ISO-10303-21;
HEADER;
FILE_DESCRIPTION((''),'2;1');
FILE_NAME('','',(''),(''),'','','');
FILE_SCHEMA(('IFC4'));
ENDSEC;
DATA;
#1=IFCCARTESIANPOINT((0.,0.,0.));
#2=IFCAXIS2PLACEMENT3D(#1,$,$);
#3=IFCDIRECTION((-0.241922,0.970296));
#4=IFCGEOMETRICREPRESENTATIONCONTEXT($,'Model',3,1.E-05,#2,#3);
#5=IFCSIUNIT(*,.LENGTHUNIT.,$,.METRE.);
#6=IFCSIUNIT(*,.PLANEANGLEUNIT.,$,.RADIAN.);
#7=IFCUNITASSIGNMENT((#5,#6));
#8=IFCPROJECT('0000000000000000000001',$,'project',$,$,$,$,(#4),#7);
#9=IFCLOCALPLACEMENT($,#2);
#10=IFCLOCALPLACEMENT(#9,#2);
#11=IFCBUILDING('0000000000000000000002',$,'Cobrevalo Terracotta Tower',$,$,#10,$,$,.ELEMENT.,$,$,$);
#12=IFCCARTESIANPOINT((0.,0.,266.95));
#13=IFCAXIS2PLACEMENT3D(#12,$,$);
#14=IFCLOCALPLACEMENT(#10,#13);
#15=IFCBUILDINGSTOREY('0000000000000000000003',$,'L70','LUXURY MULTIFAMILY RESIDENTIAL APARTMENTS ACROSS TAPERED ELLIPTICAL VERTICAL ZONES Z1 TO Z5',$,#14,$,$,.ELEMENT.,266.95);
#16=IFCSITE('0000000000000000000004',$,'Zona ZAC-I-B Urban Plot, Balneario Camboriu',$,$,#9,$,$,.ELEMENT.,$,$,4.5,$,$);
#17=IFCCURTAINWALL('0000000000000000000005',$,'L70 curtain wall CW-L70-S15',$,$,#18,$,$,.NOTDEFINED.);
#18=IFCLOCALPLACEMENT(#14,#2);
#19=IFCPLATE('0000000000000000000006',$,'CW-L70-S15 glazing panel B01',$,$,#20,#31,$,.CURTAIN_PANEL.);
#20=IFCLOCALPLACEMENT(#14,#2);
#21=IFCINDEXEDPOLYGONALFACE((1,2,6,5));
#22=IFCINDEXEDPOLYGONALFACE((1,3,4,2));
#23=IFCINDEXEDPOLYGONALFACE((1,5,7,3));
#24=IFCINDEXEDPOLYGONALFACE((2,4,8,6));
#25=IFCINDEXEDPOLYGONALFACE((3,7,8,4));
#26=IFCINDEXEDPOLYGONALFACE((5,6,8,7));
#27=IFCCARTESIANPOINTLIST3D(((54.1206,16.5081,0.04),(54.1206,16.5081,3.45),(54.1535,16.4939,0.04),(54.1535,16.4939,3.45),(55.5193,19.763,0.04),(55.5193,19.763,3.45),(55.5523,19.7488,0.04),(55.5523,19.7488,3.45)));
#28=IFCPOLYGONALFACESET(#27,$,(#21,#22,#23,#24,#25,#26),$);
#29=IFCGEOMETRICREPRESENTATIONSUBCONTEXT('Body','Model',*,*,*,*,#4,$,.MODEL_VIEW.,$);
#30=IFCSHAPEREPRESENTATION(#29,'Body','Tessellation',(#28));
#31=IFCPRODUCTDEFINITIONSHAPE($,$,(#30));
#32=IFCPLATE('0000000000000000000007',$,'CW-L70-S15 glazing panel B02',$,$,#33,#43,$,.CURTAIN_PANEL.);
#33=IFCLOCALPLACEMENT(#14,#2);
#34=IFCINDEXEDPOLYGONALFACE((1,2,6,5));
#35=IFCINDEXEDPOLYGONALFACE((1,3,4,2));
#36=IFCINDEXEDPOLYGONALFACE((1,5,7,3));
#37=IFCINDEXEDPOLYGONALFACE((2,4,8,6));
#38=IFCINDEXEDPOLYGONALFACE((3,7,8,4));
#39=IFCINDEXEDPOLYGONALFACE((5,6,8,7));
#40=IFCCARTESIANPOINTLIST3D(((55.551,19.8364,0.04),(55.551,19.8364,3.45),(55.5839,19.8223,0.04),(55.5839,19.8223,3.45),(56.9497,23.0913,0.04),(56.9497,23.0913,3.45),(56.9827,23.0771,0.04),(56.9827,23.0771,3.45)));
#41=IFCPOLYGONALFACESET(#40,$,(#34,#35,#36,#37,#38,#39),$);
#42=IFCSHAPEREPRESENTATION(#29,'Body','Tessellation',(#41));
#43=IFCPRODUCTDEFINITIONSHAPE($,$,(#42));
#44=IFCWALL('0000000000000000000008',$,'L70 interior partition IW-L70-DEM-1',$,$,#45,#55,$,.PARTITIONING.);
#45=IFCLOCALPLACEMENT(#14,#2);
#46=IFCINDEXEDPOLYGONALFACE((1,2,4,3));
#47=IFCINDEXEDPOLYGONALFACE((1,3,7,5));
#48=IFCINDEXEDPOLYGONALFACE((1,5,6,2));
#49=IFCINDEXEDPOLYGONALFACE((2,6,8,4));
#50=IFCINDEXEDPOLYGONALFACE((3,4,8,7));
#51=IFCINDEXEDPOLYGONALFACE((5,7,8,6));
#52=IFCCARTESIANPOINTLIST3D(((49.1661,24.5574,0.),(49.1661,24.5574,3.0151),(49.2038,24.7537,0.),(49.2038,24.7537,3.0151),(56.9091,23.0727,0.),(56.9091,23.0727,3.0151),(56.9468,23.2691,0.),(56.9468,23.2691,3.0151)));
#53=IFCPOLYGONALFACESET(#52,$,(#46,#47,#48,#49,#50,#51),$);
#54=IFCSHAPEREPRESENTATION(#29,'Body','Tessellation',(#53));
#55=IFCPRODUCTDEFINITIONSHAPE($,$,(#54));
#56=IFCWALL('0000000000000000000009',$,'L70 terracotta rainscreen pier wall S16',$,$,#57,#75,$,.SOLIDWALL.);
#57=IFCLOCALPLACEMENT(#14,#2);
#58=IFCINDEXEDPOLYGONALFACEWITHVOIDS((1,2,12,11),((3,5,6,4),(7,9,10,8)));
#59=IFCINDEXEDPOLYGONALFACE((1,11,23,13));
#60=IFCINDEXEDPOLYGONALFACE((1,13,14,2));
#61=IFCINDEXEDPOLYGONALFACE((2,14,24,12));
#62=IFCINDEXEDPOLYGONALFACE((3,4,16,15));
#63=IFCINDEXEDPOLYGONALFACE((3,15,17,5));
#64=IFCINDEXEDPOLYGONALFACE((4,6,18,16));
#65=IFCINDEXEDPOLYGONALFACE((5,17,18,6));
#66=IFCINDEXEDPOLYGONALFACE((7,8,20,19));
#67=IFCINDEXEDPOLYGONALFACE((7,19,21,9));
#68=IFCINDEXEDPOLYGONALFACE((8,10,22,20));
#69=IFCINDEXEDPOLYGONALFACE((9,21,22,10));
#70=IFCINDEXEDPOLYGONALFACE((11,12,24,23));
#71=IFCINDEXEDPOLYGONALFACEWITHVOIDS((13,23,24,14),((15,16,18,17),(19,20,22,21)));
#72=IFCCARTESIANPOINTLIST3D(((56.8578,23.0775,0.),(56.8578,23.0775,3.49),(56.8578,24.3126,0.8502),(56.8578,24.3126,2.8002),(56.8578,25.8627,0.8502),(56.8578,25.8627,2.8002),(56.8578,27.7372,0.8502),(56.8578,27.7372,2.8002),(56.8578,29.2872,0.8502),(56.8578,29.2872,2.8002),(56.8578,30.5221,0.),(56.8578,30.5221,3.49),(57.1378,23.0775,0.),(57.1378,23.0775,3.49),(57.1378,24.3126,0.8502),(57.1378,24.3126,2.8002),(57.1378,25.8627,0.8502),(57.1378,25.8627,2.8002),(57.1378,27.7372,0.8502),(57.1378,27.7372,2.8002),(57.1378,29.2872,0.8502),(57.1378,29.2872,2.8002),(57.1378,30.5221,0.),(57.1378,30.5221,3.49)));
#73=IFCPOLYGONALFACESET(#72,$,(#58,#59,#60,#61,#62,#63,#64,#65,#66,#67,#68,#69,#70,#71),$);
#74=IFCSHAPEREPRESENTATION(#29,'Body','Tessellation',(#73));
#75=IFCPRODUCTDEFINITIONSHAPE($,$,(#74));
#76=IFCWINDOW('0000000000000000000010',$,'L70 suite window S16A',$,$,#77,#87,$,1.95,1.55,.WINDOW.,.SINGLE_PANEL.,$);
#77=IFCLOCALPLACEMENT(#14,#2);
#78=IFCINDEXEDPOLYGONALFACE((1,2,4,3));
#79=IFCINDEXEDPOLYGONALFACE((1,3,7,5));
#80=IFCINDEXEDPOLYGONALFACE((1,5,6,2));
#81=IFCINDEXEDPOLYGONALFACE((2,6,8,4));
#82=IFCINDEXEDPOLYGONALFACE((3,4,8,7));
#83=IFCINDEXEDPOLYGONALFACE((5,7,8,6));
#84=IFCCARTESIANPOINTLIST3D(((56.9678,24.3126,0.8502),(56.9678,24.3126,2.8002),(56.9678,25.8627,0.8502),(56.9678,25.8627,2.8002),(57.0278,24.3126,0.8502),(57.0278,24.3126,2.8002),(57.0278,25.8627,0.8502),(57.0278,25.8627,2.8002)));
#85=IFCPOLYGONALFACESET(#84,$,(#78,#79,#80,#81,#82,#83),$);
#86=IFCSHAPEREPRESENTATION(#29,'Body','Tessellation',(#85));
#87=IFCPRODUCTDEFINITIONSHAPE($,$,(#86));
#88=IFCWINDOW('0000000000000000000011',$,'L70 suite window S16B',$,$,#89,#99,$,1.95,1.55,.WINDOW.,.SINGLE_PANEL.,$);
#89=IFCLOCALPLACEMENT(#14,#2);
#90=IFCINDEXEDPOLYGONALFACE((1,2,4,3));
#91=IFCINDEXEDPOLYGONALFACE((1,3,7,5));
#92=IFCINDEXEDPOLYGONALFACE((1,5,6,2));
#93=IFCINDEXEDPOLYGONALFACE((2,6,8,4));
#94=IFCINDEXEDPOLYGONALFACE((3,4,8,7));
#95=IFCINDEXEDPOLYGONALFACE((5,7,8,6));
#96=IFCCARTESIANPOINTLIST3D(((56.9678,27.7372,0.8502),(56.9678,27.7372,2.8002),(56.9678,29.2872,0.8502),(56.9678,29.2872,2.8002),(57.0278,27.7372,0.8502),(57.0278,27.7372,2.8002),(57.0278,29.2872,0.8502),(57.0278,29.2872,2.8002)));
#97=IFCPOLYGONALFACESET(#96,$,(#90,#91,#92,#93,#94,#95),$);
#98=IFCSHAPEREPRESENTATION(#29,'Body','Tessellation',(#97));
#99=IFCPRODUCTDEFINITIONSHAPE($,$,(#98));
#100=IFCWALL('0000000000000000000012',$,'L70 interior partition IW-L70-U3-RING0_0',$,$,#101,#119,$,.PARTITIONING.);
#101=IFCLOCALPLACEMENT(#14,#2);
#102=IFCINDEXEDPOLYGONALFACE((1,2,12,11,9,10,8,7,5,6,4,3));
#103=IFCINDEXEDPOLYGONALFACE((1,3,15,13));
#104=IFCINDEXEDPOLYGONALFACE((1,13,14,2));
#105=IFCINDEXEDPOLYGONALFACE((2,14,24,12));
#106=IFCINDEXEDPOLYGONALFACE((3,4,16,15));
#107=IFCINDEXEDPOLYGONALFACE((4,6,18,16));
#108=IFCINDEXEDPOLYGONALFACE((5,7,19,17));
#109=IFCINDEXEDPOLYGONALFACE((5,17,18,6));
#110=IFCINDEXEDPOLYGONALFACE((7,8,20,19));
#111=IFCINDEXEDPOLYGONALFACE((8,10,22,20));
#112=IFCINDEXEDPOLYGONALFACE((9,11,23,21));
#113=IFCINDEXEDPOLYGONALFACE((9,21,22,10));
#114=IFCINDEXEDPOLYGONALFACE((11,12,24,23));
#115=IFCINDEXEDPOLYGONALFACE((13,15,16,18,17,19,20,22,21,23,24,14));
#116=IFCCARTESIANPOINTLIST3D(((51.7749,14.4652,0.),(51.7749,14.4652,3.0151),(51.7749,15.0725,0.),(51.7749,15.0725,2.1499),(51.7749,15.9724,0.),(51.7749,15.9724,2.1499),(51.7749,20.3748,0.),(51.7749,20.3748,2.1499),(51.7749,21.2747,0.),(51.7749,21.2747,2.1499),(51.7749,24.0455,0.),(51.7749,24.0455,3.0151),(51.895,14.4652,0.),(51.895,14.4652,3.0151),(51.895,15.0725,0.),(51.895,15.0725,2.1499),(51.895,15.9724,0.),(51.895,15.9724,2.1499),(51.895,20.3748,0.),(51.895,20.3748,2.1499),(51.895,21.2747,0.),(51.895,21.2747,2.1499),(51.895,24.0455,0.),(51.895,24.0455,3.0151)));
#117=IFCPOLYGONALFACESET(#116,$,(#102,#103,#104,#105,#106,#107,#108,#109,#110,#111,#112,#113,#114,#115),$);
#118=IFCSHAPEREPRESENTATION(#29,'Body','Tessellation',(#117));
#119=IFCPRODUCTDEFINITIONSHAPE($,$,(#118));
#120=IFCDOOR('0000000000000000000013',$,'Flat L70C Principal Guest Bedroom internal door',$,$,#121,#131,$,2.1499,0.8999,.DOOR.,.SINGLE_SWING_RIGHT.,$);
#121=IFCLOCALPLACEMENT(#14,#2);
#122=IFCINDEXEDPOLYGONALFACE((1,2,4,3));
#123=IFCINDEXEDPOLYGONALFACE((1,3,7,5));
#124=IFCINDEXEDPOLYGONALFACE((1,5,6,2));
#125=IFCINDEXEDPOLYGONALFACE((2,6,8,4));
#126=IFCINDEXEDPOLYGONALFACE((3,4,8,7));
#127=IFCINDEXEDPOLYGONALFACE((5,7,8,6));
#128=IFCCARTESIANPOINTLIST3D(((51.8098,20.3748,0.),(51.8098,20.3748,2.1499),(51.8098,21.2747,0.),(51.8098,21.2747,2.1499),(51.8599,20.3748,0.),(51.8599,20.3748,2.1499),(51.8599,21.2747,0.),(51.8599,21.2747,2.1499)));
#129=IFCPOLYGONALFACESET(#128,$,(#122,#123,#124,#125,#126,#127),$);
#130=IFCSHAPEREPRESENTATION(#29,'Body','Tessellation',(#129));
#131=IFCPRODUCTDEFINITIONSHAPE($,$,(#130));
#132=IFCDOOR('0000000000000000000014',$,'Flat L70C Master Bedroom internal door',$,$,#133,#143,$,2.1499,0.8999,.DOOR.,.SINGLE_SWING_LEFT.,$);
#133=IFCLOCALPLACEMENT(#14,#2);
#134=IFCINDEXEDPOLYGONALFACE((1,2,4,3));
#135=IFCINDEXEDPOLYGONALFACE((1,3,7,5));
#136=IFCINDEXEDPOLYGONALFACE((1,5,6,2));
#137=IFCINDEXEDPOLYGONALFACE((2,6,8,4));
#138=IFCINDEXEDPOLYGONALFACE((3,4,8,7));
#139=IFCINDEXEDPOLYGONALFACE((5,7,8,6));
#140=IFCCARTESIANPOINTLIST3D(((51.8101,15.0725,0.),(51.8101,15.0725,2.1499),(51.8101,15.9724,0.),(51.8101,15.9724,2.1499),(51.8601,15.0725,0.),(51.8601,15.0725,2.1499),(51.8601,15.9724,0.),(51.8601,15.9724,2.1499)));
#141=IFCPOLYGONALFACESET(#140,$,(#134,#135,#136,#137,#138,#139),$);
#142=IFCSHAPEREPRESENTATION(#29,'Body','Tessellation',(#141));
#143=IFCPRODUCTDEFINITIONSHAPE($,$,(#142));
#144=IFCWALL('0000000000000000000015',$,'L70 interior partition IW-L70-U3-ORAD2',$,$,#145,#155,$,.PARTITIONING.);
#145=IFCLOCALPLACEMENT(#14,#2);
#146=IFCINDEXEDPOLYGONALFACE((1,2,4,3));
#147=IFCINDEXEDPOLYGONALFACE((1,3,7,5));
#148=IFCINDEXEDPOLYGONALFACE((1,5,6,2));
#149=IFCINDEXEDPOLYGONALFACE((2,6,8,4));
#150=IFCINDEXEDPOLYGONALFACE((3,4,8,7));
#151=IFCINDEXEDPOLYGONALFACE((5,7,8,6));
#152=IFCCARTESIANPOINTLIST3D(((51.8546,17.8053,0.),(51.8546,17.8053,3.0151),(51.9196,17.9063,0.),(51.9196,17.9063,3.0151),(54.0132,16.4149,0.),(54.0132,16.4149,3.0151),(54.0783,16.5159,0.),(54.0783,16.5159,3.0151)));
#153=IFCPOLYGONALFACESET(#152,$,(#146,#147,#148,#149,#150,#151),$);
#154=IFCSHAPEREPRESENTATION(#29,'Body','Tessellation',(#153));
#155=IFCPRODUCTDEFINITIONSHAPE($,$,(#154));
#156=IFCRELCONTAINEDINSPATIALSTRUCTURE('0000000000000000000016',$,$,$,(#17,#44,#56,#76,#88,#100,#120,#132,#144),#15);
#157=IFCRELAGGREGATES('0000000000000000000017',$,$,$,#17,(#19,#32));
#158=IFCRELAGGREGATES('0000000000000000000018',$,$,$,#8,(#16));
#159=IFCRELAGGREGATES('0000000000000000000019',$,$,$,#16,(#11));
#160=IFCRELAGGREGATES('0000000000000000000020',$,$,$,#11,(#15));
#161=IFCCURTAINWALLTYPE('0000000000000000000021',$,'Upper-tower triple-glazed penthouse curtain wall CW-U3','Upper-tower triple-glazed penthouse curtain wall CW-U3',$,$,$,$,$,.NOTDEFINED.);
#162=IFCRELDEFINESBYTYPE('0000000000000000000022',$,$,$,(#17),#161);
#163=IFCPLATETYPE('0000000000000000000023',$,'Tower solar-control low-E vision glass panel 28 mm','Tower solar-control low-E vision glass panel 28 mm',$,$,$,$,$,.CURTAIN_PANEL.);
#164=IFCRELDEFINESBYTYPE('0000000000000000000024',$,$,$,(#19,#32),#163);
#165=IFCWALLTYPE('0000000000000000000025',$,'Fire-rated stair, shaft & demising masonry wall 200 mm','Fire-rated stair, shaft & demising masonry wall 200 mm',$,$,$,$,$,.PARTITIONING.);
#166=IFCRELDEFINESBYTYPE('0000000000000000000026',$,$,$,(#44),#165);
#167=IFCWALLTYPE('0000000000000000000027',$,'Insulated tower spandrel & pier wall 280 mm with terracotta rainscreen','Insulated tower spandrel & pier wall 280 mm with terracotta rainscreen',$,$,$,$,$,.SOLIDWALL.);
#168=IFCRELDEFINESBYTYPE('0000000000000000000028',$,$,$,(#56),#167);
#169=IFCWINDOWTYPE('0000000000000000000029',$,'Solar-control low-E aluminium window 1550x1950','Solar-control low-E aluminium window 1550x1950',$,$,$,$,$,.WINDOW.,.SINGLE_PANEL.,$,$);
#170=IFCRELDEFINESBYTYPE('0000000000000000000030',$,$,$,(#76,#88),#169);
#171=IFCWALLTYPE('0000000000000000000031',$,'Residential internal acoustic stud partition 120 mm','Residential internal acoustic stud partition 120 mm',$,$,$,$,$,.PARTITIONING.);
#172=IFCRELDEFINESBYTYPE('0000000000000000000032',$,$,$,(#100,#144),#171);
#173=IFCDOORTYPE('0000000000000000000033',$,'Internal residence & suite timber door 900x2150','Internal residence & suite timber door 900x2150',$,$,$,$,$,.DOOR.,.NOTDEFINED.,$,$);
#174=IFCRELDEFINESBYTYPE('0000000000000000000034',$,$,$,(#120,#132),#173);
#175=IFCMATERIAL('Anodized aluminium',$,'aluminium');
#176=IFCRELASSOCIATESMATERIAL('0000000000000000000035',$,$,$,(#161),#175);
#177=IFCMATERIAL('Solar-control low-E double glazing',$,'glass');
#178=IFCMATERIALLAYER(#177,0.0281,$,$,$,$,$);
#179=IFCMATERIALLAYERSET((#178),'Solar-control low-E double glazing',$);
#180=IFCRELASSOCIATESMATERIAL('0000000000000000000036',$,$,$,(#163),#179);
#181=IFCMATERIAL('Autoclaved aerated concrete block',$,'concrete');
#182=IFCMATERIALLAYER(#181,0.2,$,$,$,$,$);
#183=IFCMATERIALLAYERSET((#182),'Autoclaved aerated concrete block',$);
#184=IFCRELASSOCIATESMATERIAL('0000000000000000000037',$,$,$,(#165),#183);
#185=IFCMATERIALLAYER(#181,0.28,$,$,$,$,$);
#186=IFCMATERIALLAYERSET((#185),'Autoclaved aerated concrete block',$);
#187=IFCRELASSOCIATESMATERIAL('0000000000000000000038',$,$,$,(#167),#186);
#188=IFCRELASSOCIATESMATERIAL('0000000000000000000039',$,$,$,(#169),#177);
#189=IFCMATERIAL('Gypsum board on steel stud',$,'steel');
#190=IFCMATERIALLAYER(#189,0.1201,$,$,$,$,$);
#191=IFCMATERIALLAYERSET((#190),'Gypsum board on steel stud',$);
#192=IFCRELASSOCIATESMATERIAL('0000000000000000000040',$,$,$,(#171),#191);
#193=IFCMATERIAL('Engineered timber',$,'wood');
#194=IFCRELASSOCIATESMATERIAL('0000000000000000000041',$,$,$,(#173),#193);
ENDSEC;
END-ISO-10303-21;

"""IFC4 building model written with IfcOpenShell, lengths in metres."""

from ifc_helpers import new_model, si_unit, direction, frame, frame_2d, origin, origin_2d, place, context, subcontext, project, spatial, rectangle, extrude, source, transform, mapped, material, layer, layer_set, type_object, element, fill, aggregate, save


model = new_model("IFC4")

# Units and contexts
model_context = context("Model", 3, precision=1e-05, world=origin(), true_north=direction((-0.241922, 0.970296)))
body_context = subcontext(model_context, "Body", "Model", "MODEL_VIEW")
ifc_project = project(units=[si_unit("LENGTHUNIT", "METRE"), si_unit("PLANEANGLEUNIT", "RADIAN")], contexts=[model_context])

# Site, building, storey
site_placement = place(None, origin())
site = spatial("IfcSite", under=ifc_project, at=site_placement, Name="Zona ZAC-I-B Urban Plot, Balneario Camboriu", CompositionType="ELEMENT", RefElevation=4.5)
building_placement = place(site_placement, origin())
building = spatial("IfcBuilding", under=site, at=building_placement, Name="Cobrevalo Terracotta Tower", CompositionType="ELEMENT")
storey_placement = place(building_placement, frame((0.0, 0.0, 266.95)))
storey = spatial("IfcBuildingStorey", under=building, at=storey_placement, Name="L70", Description="LUXURY MULTIFAMILY RESIDENTIAL APARTMENTS ACROSS TAPERED ELLIPTICAL VERTICAL ZONES Z1 TO Z5", CompositionType="ELEMENT", Elevation=266.95)

# Curtain wall, plates
ifc_material_1 = material(Name="Anodized aluminium", Category="aluminium")
curtain_wall_type = type_object("IfcCurtainWallType", Name="Upper-tower triple-glazed penthouse curtain wall CW-U3", Description="Upper-tower triple-glazed penthouse curtain wall CW-U3", PredefinedType="NOTDEFINED", material=ifc_material_1)
curtain_wall_placement = place(storey_placement, origin())
curtain_wall = element("IfcCurtainWall", 1, at=curtain_wall_placement, inside=storey, type_object=curtain_wall_type, Name="L70 curtain wall CW-L70-S15", PredefinedType="NOTDEFINED")
ifc_material_2 = material(Name="Solar-control low-E double glazing", Category="glass")
ifc_layer_1 = layer(ifc_material_2, 0.0281)
ifc_layer_set_1 = layer_set([ifc_layer_1], Name="Solar-control low-E double glazing")
plate_type = type_object("IfcPlateType", Name="Tower solar-control low-E vision glass panel 28 mm", Description="Tower solar-control low-E vision glass panel 28 mm", PredefinedType="CURTAIN_PANEL", material=ifc_layer_set_1)
shared_shape_1 = source(origin(), body_context, "Body", "SweptSolid", [
    extrude(rectangle(XDim=3.5427, YDim=0.0359, at=origin_2d()), origin(), (0.0, 0.0, 1.0), 3.4099),
])
plate_1_placement = place(storey_placement, frame((54.8364, 18.1284, 0.04), z_axis=(0.0, 0.0, 1.0), x_axis=(0.394829, 0.918755, 0.0)))
plate_1 = element("IfcPlate", 2, at=plate_1_placement, type_object=plate_type, Name="CW-L70-S15 glazing panel B01", PredefinedType="CURTAIN_PANEL", context=body_context, shape_type="MappedRepresentation", body=[
    mapped(shared_shape_1, transform((0.0, 0.0, 0.0), scale=1.0)),
])
plate_2_placement = place(storey_placement, frame((56.2668, 21.4568, 0.04), z_axis=(0.0, 0.0, 1.0), x_axis=(0.394829, 0.918755, 0.0)))
plate_2 = element("IfcPlate", 3, at=plate_2_placement, type_object=plate_type, Name="CW-L70-S15 glazing panel B02", PredefinedType="CURTAIN_PANEL", context=body_context, shape_type="MappedRepresentation", body=[
    mapped(shared_shape_1, transform((0.0, 0.0, 0.0), scale=1.0)),
])
aggregate(curtain_wall, [plate_1, plate_2])

# Wall
ifc_material_3 = material(Name="Autoclaved aerated concrete block", Category="concrete")
ifc_layer_2 = layer(ifc_material_3, 0.2)
ifc_layer_set_2 = layer_set([ifc_layer_2], Name="Autoclaved aerated concrete block")
wall_type_1 = type_object("IfcWallType", Name="Fire-rated stair, shaft & demising masonry wall 200 mm", Description="Fire-rated stair, shaft & demising masonry wall 200 mm", PredefinedType="PARTITIONING", material=ifc_layer_set_2)
wall_1_placement = place(storey_placement, frame((49.1851, 24.6555, 0.0), z_axis=(0.0, 0.0, 1.0), x_axis=(0.98211, -0.188309, 0.0)))
element("IfcWall", 4, at=wall_1_placement, inside=storey, type_object=wall_type_1, Name="L70 interior partition IW-L70-DEM-1", PredefinedType="PARTITIONING", context=body_context, shape_type="SweptSolid", body=[
    extrude(rectangle(XDim=7.884, YDim=0.2, at=frame_2d((3.9419, 0.0))), origin(), (0.0, 0.0, 1.0), 3.0151),
])

# Wall, openings, windows
ifc_layer_3 = layer(ifc_material_3, 0.28)
ifc_layer_set_3 = layer_set([ifc_layer_3], Name="Autoclaved aerated concrete block")
wall_type_2 = type_object("IfcWallType", Name="Insulated tower spandrel & pier wall 280 mm with terracotta rainscreen", Description="Insulated tower spandrel & pier wall 280 mm with terracotta rainscreen", PredefinedType="SOLIDWALL", material=ifc_layer_set_3)
wall_2_placement = place(storey_placement, frame((56.9978, 23.0776, 0.0), z_axis=(0.0, 0.0, 1.0), x_axis=(0.0, 1.0, 0.0)))
wall_2 = element("IfcWall", 5, at=wall_2_placement, inside=storey, type_object=wall_type_2, Name="L70 terracotta rainscreen pier wall S16", PredefinedType="SOLIDWALL", context=body_context, shape_type="SweptSolid", body=[
    extrude(rectangle(XDim=7.4446, YDim=0.28, at=frame_2d((3.7222, 0.0))), origin(), (0.0, 0.0, 1.0), 3.49),
])
opening_1_placement = place(wall_2_placement, frame((1.2351, 0.0, 0.8501)))
opening_1 = element("IfcOpeningElement", 6, at=opening_1_placement, cuts=wall_2, PredefinedType="OPENING", context=body_context, shape_type="SweptSolid", body=[
    extrude(rectangle(XDim=1.55, YDim=1.95, at=frame_2d((0.7749, 0.9751))), frame((0.0, 0.1499, 0.0), z_axis=(0.0, -1.0, 0.0), x_axis=(1.0, 0.0, 0.0)), (0.0, 0.0, 1.0), 0.3),
])
opening_2_placement = place(wall_2_placement, frame((4.6597, 0.0, 0.8501)))
opening_2 = element("IfcOpeningElement", 7, at=opening_2_placement, cuts=wall_2, PredefinedType="OPENING", context=body_context, shape_type="SweptSolid", body=[
    extrude(rectangle(XDim=1.55, YDim=1.95, at=frame_2d((0.7749, 0.9751))), frame((0.0, 0.1499, 0.0), z_axis=(0.0, -1.0, 0.0), x_axis=(1.0, 0.0, 0.0)), (0.0, 0.0, 1.0), 0.3),
])
window_type = type_object("IfcWindowType", Name="Solar-control low-E aluminium window 1550x1950", Description="Solar-control low-E aluminium window 1550x1950", PartitioningType="SINGLE_PANEL", PredefinedType="WINDOW", material=ifc_material_2)
shared_shape_2 = source(origin(), body_context, "Body", "SweptSolid", [
    extrude(rectangle(XDim=1.55, YDim=1.95, at=frame_2d((0.7749, 0.9751))), frame((0.0, 0.03, 0.0), z_axis=(0.0, -1.0, 0.0), x_axis=(1.0, 0.0, 0.0)), (0.0, 0.0, 1.0), 0.0601),
])
window_1_placement = place(opening_1_placement, origin())
window_1 = element("IfcWindow", 8, at=window_1_placement, inside=storey, type_object=window_type, Name="L70 suite window S16A", OverallHeight=1.95, OverallWidth=1.55, PartitioningType="SINGLE_PANEL", PredefinedType="WINDOW", context=body_context, shape_type="MappedRepresentation", body=[
    mapped(shared_shape_2, transform((0.0, 0.0, 0.0), scale=1.0)),
])
fill(opening_1, window_1)
window_2_placement = place(opening_2_placement, origin())
window_2 = element("IfcWindow", 9, at=window_2_placement, inside=storey, type_object=window_type, Name="L70 suite window S16B", OverallHeight=1.95, OverallWidth=1.55, PartitioningType="SINGLE_PANEL", PredefinedType="WINDOW", context=body_context, shape_type="MappedRepresentation", body=[
    mapped(shared_shape_2, transform((0.0, 0.0, 0.0), scale=1.0)),
])
fill(opening_2, window_2)

# Wall, openings, doors
ifc_material_4 = material(Name="Gypsum board on steel stud", Category="steel")
ifc_layer_4 = layer(ifc_material_4, 0.1201)
ifc_layer_set_4 = layer_set([ifc_layer_4], Name="Gypsum board on steel stud")
wall_type_3 = type_object("IfcWallType", Name="Residential internal acoustic stud partition 120 mm", Description="Residential internal acoustic stud partition 120 mm", PredefinedType="PARTITIONING", material=ifc_layer_set_4)
wall_3_placement = place(storey_placement, frame((51.835, 24.0454, 0.0), z_axis=(0.0, 0.0, 1.0), x_axis=(0.0, -1.0, 0.0)))
wall_3 = element("IfcWall", 10, at=wall_3_placement, inside=storey, type_object=wall_type_3, Name="L70 interior partition IW-L70-U3-RING0_0", PredefinedType="PARTITIONING", context=body_context, shape_type="SweptSolid", body=[
    extrude(rectangle(XDim=9.5803, YDim=0.1201, at=frame_2d((4.79, 0.0))), origin(), (0.0, 0.0, 1.0), 3.0151),
])
opening_3_placement = place(wall_3_placement, frame((2.7708, 0.0, 0.0)))
opening_3 = element("IfcOpeningElement", 11, at=opening_3_placement, cuts=wall_3, PredefinedType="OPENING", context=body_context, shape_type="SweptSolid", body=[
    extrude(rectangle(XDim=0.8999, YDim=2.1499, at=frame_2d((0.45, 1.075))), frame((0.0, 0.0701, 0.0), z_axis=(0.0, -1.0, 0.0), x_axis=(1.0, 0.0, 0.0)), (0.0, 0.0, 1.0), 0.1401),
])
opening_4_placement = place(wall_3_placement, frame((8.073, 0.0, 0.0)))
opening_4 = element("IfcOpeningElement", 12, at=opening_4_placement, cuts=wall_3, PredefinedType="OPENING", context=body_context, shape_type="SweptSolid", body=[
    extrude(rectangle(XDim=0.8999, YDim=2.1499, at=frame_2d((0.45, 1.075))), frame((0.0, 0.0701, 0.0), z_axis=(0.0, -1.0, 0.0), x_axis=(1.0, 0.0, 0.0)), (0.0, 0.0, 1.0), 0.1401),
])
ifc_material_5 = material(Name="Engineered timber", Category="wood")
door_type_1 = type_object("IfcDoorType", Name="Internal residence & suite timber door 900x2150", Description="Internal residence & suite timber door 900x2150", OperationType="NOTDEFINED", PredefinedType="DOOR", material=ifc_material_5)
shared_shape_3 = source(origin(), body_context, "Body", "SweptSolid", [
    extrude(rectangle(XDim=0.8999, YDim=2.1499, at=frame_2d((0.45, 1.075))), frame((0.0, 0.0249, 0.0), z_axis=(0.0, -1.0, 0.0), x_axis=(1.0, 0.0, 0.0)), (0.0, 0.0, 1.0), 0.05),
])
door_1_placement = place(opening_3_placement, origin())
door_1 = element("IfcDoor", 13, at=door_1_placement, inside=storey, type_object=door_type_1, Name="Flat L70C Principal Guest Bedroom internal door", OperationType="SINGLE_SWING_RIGHT", OverallHeight=2.1499, OverallWidth=0.8999, PredefinedType="DOOR", context=body_context, shape_type="MappedRepresentation", body=[
    mapped(shared_shape_3, transform((0.0, 0.0, 0.0), scale=1.0)),
])
fill(opening_3, door_1)
door_2_placement = place(opening_4_placement, frame((0.8999, 0.0, 0.0), z_axis=(0.0, 0.0, 1.0), x_axis=(-1.0, 0.0, 0.0)))
door_2 = element("IfcDoor", 14, at=door_2_placement, inside=storey, type_object=door_type_1, Name="Flat L70C Master Bedroom internal door", OperationType="SINGLE_SWING_LEFT", OverallHeight=2.1499, OverallWidth=0.8999, PredefinedType="DOOR", context=body_context, shape_type="MappedRepresentation", body=[
    mapped(shared_shape_3, transform((0.0, 0.0, 0.0), scale=1.0)),
])
fill(opening_4, door_2)

# Wall
wall_4_placement = place(storey_placement, frame((51.8872, 17.8557, 0.0), z_axis=(0.0, 0.0, 1.0), x_axis=(0.840709, -0.541488, 0.0)))
element("IfcWall", 15, at=wall_4_placement, inside=storey, type_object=wall_type_3, Name="L70 interior partition IW-L70-U3-ORAD2", PredefinedType="PARTITIONING", context=body_context, shape_type="SweptSolid", body=[
    extrude(rectangle(XDim=2.5676, YDim=0.1201, at=frame_2d((1.2837, 0.0))), origin(), (0.0, 0.0, 1.0), 3.0151),
])

save(model, "model.ifc")
